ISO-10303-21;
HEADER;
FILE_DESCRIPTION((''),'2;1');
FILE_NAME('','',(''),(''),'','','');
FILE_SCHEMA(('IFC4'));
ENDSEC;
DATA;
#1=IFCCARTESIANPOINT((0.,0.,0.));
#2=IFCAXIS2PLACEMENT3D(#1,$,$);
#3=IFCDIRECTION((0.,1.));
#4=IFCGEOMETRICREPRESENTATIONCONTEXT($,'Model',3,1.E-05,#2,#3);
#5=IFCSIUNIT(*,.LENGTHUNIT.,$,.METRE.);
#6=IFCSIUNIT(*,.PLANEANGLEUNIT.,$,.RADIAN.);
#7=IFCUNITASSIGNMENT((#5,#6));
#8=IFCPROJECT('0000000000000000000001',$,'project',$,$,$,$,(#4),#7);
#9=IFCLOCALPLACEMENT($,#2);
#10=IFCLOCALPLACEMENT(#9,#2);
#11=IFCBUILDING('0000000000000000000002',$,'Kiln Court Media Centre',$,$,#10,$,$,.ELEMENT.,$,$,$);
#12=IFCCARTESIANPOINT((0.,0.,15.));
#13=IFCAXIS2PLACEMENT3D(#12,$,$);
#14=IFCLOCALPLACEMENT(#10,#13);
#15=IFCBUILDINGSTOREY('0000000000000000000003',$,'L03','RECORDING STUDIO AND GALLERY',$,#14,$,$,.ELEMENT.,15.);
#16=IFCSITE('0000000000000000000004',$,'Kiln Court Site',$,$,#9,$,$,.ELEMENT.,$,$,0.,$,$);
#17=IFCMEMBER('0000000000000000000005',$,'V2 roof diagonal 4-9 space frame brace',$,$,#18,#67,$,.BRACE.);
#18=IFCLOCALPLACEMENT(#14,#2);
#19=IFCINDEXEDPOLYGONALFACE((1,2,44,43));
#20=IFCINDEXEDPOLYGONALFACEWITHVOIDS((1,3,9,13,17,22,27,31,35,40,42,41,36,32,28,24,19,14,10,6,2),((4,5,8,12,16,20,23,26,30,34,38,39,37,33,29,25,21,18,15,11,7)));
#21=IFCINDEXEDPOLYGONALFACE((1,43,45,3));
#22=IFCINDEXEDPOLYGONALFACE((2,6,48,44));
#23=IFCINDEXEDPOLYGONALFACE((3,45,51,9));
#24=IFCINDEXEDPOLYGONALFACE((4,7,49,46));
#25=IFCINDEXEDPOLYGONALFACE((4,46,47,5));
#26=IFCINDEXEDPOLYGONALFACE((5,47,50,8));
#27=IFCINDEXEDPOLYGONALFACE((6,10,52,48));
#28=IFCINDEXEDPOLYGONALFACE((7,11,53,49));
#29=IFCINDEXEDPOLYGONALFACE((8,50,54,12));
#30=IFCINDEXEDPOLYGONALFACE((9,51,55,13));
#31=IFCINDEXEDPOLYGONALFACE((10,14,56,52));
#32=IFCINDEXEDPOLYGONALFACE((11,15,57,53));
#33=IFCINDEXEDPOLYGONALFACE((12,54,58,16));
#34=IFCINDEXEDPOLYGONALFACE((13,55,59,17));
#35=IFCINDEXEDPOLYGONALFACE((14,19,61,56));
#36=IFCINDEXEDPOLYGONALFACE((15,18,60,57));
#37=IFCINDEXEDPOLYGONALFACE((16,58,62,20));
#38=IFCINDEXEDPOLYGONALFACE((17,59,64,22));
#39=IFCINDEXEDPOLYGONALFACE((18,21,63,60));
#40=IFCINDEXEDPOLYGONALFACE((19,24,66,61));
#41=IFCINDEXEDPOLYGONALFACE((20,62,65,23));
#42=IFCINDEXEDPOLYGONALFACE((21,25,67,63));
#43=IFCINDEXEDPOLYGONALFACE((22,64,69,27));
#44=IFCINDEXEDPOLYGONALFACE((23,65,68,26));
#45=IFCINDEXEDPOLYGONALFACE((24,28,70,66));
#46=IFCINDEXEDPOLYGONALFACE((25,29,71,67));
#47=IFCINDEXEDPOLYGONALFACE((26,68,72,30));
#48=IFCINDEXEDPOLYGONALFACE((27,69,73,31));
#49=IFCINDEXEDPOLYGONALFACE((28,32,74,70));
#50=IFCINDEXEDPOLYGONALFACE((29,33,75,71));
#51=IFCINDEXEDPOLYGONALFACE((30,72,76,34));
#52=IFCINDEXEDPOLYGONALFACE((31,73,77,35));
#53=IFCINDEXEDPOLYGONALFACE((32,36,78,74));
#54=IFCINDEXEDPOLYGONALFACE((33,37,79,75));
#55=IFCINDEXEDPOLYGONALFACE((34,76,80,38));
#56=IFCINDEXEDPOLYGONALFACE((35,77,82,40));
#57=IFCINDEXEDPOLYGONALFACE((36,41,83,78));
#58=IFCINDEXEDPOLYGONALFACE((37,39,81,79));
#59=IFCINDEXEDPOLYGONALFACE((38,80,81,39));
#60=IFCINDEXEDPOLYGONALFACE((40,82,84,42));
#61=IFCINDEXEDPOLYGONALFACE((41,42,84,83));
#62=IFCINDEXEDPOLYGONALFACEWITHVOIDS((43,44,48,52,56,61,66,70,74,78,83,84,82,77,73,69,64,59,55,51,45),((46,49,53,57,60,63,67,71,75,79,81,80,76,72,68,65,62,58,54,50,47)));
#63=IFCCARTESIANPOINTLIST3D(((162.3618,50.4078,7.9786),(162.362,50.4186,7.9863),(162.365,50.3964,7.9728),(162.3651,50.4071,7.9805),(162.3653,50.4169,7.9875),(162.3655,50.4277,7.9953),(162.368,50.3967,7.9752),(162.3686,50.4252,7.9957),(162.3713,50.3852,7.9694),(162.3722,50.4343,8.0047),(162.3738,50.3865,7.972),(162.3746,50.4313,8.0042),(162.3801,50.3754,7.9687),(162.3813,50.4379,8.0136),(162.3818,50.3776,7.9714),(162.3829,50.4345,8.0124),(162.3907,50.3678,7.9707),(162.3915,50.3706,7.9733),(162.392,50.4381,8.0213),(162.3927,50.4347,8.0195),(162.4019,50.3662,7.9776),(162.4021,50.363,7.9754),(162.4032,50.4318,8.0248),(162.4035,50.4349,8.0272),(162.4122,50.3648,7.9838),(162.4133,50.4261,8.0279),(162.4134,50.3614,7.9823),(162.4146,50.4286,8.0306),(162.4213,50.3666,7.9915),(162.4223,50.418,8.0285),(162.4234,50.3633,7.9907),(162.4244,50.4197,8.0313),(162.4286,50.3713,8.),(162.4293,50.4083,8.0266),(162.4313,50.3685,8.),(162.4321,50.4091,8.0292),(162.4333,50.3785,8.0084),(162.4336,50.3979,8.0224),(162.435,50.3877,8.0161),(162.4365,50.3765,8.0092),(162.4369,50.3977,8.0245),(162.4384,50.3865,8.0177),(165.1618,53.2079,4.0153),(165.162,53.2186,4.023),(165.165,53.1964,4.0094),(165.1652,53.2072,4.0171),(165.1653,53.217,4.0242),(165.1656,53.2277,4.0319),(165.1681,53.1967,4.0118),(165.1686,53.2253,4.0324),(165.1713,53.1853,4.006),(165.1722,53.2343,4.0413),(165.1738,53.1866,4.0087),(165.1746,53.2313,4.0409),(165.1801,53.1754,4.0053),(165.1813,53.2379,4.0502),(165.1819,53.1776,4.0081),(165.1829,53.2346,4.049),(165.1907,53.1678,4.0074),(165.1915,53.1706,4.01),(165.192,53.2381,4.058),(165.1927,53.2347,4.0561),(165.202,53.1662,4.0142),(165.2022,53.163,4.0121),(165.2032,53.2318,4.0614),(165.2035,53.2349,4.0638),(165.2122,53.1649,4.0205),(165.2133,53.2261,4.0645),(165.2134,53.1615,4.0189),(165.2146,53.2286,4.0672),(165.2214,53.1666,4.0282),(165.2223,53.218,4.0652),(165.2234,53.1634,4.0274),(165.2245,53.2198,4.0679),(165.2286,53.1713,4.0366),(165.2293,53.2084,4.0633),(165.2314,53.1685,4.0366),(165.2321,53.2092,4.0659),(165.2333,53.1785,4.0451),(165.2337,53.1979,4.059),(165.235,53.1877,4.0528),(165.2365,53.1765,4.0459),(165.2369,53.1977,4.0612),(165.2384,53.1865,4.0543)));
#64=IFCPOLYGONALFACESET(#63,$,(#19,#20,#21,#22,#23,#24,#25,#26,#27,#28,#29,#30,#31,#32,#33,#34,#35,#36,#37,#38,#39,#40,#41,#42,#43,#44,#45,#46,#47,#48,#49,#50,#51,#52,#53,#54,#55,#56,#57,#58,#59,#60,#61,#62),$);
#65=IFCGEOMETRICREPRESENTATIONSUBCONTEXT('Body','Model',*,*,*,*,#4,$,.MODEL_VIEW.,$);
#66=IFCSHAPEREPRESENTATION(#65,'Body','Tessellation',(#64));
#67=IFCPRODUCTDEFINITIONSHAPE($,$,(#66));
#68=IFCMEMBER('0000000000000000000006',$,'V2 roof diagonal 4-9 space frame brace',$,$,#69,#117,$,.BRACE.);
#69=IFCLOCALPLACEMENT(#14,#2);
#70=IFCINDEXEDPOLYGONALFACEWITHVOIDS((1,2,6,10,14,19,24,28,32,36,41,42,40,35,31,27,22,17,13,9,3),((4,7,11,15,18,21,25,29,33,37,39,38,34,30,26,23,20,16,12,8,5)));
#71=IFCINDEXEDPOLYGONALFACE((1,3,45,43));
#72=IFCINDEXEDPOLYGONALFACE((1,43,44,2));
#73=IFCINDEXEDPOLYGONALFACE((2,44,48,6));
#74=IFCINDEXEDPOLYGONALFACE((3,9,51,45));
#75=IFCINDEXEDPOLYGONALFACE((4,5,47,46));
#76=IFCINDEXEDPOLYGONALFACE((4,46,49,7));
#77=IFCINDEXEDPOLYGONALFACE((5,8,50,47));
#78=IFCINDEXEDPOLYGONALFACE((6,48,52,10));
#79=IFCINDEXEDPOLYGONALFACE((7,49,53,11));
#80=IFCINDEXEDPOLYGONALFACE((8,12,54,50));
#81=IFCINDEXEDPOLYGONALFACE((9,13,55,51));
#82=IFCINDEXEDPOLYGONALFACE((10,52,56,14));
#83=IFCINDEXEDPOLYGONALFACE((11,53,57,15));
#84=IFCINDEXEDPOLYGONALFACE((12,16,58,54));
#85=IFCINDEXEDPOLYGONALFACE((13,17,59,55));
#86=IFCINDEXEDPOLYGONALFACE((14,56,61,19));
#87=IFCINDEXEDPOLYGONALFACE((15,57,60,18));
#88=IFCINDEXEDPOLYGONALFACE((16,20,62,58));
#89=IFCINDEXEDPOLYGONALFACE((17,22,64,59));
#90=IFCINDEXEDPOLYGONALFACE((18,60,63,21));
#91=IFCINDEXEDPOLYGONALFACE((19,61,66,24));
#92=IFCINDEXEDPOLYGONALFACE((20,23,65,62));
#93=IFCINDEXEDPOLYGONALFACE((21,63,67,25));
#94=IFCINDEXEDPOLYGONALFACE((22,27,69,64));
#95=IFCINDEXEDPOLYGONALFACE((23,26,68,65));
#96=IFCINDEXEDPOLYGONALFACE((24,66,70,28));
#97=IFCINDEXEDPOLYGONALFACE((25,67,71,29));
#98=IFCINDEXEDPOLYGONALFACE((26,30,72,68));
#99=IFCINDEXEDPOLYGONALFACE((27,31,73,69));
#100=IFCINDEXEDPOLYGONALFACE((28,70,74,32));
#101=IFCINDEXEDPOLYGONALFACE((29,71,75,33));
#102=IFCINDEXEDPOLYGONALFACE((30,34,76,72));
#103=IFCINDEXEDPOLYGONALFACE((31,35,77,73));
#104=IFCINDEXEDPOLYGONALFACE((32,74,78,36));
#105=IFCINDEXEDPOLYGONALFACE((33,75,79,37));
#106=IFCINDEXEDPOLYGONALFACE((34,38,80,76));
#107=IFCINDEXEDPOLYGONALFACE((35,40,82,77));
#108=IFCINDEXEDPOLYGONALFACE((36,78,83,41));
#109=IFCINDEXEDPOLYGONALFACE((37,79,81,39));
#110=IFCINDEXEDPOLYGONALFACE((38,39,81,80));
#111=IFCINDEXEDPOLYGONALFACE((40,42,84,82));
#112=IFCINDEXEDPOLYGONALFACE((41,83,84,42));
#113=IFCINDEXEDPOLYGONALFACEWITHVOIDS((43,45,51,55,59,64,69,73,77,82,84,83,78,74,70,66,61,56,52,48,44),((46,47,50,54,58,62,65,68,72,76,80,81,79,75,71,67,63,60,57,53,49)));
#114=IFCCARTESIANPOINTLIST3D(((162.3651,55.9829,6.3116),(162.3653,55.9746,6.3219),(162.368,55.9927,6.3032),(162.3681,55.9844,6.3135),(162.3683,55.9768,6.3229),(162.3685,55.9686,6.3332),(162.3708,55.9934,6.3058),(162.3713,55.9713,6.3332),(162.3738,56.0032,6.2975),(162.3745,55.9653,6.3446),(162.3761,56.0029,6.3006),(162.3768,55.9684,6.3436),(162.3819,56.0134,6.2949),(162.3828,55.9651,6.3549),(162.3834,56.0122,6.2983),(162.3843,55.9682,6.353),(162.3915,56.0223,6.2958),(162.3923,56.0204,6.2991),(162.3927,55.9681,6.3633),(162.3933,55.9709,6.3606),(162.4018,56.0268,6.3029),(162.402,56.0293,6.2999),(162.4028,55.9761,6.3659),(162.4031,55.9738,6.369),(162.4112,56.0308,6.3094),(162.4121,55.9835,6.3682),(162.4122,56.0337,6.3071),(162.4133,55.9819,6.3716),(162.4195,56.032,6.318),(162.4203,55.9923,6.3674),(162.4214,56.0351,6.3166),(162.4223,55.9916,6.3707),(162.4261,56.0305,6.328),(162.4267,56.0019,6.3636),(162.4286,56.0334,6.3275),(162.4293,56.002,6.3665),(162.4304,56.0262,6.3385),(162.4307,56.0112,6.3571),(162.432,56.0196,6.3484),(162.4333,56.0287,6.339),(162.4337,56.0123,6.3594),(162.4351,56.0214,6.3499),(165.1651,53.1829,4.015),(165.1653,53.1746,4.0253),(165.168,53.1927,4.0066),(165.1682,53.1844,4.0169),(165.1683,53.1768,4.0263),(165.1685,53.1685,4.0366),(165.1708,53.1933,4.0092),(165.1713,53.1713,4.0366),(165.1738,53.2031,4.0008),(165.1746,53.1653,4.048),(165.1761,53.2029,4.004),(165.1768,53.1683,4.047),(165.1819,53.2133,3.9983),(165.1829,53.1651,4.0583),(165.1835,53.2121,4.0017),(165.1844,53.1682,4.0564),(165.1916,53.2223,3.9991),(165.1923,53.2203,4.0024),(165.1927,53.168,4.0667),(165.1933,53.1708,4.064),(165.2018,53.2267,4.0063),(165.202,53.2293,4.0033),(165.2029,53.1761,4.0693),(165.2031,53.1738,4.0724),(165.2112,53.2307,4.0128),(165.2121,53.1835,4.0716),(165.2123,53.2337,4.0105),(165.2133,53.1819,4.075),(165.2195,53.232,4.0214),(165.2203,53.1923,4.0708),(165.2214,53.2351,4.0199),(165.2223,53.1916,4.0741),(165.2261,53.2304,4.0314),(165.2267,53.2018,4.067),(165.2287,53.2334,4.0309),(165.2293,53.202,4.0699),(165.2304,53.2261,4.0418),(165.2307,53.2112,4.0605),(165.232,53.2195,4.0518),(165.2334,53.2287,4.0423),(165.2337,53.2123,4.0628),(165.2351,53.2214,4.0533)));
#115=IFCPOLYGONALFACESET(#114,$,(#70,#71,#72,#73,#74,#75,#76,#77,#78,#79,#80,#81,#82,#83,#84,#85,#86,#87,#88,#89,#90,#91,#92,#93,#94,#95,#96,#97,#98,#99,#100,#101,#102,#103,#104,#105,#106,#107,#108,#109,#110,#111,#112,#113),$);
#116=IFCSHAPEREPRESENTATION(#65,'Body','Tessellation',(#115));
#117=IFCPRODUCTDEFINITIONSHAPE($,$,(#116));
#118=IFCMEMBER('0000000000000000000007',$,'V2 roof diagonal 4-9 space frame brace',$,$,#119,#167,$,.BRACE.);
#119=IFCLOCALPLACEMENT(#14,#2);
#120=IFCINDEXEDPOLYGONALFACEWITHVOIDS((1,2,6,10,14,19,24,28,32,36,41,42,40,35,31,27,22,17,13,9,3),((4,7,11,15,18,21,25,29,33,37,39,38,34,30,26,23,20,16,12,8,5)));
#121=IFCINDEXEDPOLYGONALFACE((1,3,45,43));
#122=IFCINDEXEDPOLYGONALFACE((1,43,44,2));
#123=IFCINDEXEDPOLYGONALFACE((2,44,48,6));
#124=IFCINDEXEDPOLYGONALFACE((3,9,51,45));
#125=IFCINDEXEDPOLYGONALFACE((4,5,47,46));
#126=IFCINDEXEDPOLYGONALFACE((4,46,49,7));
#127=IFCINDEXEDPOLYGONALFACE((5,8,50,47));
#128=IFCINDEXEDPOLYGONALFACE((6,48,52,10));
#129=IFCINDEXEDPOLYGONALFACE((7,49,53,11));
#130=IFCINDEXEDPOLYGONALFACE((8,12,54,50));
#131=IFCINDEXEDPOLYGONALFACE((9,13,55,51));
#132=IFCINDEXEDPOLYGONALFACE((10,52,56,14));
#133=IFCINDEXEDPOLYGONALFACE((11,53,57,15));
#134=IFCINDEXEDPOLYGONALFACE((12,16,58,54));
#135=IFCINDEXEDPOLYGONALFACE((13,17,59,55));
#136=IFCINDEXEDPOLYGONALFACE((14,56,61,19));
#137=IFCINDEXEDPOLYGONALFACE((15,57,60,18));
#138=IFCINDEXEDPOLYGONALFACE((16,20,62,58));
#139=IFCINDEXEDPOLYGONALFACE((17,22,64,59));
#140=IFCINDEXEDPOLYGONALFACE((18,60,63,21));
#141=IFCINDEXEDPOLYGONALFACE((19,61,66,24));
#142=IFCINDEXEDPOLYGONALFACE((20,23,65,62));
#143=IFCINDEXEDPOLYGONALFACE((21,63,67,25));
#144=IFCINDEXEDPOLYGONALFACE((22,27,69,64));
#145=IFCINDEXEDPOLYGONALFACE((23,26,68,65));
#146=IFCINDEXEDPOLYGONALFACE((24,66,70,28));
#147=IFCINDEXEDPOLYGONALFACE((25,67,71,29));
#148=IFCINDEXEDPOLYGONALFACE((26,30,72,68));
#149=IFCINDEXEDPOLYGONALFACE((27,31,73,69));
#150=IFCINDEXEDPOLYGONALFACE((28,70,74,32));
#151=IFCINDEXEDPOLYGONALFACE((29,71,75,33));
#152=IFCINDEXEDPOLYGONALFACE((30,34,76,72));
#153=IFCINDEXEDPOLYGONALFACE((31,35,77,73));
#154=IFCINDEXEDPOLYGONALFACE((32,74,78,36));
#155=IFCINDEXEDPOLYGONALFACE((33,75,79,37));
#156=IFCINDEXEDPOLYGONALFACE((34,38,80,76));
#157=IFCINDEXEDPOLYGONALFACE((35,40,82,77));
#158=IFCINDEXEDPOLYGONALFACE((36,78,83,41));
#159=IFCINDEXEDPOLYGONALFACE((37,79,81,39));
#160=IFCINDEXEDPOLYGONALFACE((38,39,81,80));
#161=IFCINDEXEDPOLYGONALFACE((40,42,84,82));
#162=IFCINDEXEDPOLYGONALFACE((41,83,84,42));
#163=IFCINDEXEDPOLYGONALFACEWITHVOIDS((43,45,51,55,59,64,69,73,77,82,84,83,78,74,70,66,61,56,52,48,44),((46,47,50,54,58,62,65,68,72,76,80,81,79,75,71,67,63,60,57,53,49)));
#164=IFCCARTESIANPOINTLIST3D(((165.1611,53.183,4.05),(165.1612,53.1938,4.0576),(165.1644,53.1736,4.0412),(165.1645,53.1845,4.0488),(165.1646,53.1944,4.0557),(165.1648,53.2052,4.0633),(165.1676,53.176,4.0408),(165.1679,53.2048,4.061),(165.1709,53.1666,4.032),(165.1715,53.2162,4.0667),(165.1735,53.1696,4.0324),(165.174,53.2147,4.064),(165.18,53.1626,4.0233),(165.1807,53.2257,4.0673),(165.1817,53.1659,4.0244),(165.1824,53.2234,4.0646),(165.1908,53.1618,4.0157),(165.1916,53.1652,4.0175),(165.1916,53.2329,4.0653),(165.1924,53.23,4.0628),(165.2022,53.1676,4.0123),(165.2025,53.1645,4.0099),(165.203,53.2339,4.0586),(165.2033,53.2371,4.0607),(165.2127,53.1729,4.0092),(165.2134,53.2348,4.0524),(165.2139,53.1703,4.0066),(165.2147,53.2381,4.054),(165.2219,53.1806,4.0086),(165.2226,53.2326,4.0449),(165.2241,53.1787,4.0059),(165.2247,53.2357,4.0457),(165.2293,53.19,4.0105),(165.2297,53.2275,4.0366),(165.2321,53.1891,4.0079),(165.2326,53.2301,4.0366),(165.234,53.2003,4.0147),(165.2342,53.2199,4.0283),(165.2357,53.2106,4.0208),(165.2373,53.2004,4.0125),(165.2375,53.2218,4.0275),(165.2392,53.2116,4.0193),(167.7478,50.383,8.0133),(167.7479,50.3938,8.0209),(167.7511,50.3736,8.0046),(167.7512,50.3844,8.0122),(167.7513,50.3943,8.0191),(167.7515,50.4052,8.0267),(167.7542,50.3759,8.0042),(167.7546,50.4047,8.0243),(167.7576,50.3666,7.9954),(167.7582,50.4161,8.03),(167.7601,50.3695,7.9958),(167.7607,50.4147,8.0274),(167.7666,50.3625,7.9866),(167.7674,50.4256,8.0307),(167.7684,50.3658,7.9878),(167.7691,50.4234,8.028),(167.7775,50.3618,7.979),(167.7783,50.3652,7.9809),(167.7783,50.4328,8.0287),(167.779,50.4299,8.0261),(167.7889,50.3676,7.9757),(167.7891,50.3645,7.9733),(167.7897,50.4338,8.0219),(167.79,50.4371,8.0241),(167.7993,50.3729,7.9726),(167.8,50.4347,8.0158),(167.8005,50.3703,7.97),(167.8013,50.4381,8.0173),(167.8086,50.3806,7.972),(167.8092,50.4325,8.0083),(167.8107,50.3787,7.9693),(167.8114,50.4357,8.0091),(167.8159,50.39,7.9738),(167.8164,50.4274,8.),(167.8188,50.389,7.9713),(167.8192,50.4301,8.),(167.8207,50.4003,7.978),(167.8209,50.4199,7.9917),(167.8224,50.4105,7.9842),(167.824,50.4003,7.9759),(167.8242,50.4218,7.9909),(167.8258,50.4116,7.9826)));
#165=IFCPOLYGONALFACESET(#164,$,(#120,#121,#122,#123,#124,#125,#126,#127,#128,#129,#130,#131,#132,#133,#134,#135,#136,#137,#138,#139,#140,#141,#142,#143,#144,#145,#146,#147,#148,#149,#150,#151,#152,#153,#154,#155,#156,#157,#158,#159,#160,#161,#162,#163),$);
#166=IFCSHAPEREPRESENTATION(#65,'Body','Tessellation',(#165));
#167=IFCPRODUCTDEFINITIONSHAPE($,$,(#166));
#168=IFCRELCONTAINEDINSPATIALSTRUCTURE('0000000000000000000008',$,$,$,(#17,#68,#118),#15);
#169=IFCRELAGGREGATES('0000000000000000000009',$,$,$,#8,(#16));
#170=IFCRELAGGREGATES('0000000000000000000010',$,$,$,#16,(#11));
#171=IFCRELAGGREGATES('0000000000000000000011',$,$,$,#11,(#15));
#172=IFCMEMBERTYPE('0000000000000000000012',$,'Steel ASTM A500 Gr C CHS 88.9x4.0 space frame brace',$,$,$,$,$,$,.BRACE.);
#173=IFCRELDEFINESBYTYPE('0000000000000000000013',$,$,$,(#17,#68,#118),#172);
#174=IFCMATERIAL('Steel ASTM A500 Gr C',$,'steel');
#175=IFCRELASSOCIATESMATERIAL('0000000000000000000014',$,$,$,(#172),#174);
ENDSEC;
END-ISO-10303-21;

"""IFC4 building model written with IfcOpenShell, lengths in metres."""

from ifc_helpers import new_model, si_unit, direction, frame, origin, origin_2d, place, context, subcontext, project, spatial, hollow_circle, extrude, material, material_profile, profile_set, type_object, element, save


model = new_model("IFC4")

# Units and contexts
model_context = context("Model", 3, precision=1e-05, world=origin(), true_north=direction((0.0, 1.0)))
body_context = subcontext(model_context, "Body", "Model", "MODEL_VIEW")
ifc_project = project(units=[si_unit("LENGTHUNIT", "METRE"), si_unit("PLANEANGLEUNIT", "RADIAN")], contexts=[model_context])

# Site, building, storey
site_placement = place(None, origin())
site = spatial("IfcSite", under=ifc_project, at=site_placement, Name="Kiln Court Site", CompositionType="ELEMENT", RefElevation=0.0)
building_placement = place(site_placement, origin())
building = spatial("IfcBuilding", under=site, at=building_placement, Name="Kiln Court Media Centre", CompositionType="ELEMENT")
storey_placement = place(building_placement, frame((0.0, 0.0, 15.0)))
storey = spatial("IfcBuildingStorey", under=building, at=storey_placement, Name="L03", Description="RECORDING STUDIO AND GALLERY", CompositionType="ELEMENT", Elevation=15.0)

# Members
ifc_material_1 = material(Name="Steel ASTM A500 Gr C", Category="steel")
ifc_material_profile_1 = material_profile(ifc_material_1, hollow_circle(Radius=0.0444, WallThickness=0.0039, at=origin_2d()), Name="CHS 88.9x4.0")
ifc_profile_set_1 = profile_set([ifc_material_profile_1], Name="Steel ASTM A500 Gr C")
member_type_1 = type_object("IfcMemberType", Name="Steel ASTM A500 Gr C CHS 88.9x4.0 space frame brace", PredefinedType="BRACE", material=ifc_profile_set_1)
member_1_placement = place(storey_placement, frame((165.2, 53.2, 4.0366), z_axis=(-0.499778, -0.499778, 0.70742), x_axis=(0.707107, -0.707107, 0.0)))
element("IfcMember", 1, at=member_1_placement, inside=storey, type_object=member_type_1, Name="V2 roof diagonal 4-9 space frame brace", PredefinedType="BRACE", context=body_context, shape_type="SweptSolid", body=[
    extrude(hollow_circle(Radius=0.0444, WallThickness=0.0039, at=origin_2d()), origin(), (0.0, 0.0, 1.0), 5.6025),
])
member_2_placement = place(storey_placement, frame((165.2, 53.2, 4.0366), z_axis=(-0.611676, 0.611676, 0.501703), x_axis=(-0.707107, -0.707107, 0.0)))
element("IfcMember", 2, at=member_2_placement, inside=storey, type_object=member_type_1, Name="V2 roof diagonal 4-9 space frame brace", PredefinedType="BRACE", context=body_context, shape_type="SweptSolid", body=[
    extrude(hollow_circle(Radius=0.0444, WallThickness=0.0039, at=origin_2d()), origin(), (0.0, 0.0, 1.0), 4.5776),
])
member_3_placement = place(storey_placement, frame((165.2, 53.2, 4.0366), z_axis=(0.470385, -0.509188, 0.720739), x_axis=(0.734541, 0.678565, 0.0)))
element("IfcMember", 3, at=member_3_placement, inside=storey, type_object=member_type_1, Name="V2 roof diagonal 4-9 space frame brace", PredefinedType="BRACE", context=body_context, shape_type="SweptSolid", body=[
    extrude(hollow_circle(Radius=0.0444, WallThickness=0.0039, at=origin_2d()), origin(), (0.0, 0.0, 1.0), 5.499),
])

save(model, "model.ifc")
